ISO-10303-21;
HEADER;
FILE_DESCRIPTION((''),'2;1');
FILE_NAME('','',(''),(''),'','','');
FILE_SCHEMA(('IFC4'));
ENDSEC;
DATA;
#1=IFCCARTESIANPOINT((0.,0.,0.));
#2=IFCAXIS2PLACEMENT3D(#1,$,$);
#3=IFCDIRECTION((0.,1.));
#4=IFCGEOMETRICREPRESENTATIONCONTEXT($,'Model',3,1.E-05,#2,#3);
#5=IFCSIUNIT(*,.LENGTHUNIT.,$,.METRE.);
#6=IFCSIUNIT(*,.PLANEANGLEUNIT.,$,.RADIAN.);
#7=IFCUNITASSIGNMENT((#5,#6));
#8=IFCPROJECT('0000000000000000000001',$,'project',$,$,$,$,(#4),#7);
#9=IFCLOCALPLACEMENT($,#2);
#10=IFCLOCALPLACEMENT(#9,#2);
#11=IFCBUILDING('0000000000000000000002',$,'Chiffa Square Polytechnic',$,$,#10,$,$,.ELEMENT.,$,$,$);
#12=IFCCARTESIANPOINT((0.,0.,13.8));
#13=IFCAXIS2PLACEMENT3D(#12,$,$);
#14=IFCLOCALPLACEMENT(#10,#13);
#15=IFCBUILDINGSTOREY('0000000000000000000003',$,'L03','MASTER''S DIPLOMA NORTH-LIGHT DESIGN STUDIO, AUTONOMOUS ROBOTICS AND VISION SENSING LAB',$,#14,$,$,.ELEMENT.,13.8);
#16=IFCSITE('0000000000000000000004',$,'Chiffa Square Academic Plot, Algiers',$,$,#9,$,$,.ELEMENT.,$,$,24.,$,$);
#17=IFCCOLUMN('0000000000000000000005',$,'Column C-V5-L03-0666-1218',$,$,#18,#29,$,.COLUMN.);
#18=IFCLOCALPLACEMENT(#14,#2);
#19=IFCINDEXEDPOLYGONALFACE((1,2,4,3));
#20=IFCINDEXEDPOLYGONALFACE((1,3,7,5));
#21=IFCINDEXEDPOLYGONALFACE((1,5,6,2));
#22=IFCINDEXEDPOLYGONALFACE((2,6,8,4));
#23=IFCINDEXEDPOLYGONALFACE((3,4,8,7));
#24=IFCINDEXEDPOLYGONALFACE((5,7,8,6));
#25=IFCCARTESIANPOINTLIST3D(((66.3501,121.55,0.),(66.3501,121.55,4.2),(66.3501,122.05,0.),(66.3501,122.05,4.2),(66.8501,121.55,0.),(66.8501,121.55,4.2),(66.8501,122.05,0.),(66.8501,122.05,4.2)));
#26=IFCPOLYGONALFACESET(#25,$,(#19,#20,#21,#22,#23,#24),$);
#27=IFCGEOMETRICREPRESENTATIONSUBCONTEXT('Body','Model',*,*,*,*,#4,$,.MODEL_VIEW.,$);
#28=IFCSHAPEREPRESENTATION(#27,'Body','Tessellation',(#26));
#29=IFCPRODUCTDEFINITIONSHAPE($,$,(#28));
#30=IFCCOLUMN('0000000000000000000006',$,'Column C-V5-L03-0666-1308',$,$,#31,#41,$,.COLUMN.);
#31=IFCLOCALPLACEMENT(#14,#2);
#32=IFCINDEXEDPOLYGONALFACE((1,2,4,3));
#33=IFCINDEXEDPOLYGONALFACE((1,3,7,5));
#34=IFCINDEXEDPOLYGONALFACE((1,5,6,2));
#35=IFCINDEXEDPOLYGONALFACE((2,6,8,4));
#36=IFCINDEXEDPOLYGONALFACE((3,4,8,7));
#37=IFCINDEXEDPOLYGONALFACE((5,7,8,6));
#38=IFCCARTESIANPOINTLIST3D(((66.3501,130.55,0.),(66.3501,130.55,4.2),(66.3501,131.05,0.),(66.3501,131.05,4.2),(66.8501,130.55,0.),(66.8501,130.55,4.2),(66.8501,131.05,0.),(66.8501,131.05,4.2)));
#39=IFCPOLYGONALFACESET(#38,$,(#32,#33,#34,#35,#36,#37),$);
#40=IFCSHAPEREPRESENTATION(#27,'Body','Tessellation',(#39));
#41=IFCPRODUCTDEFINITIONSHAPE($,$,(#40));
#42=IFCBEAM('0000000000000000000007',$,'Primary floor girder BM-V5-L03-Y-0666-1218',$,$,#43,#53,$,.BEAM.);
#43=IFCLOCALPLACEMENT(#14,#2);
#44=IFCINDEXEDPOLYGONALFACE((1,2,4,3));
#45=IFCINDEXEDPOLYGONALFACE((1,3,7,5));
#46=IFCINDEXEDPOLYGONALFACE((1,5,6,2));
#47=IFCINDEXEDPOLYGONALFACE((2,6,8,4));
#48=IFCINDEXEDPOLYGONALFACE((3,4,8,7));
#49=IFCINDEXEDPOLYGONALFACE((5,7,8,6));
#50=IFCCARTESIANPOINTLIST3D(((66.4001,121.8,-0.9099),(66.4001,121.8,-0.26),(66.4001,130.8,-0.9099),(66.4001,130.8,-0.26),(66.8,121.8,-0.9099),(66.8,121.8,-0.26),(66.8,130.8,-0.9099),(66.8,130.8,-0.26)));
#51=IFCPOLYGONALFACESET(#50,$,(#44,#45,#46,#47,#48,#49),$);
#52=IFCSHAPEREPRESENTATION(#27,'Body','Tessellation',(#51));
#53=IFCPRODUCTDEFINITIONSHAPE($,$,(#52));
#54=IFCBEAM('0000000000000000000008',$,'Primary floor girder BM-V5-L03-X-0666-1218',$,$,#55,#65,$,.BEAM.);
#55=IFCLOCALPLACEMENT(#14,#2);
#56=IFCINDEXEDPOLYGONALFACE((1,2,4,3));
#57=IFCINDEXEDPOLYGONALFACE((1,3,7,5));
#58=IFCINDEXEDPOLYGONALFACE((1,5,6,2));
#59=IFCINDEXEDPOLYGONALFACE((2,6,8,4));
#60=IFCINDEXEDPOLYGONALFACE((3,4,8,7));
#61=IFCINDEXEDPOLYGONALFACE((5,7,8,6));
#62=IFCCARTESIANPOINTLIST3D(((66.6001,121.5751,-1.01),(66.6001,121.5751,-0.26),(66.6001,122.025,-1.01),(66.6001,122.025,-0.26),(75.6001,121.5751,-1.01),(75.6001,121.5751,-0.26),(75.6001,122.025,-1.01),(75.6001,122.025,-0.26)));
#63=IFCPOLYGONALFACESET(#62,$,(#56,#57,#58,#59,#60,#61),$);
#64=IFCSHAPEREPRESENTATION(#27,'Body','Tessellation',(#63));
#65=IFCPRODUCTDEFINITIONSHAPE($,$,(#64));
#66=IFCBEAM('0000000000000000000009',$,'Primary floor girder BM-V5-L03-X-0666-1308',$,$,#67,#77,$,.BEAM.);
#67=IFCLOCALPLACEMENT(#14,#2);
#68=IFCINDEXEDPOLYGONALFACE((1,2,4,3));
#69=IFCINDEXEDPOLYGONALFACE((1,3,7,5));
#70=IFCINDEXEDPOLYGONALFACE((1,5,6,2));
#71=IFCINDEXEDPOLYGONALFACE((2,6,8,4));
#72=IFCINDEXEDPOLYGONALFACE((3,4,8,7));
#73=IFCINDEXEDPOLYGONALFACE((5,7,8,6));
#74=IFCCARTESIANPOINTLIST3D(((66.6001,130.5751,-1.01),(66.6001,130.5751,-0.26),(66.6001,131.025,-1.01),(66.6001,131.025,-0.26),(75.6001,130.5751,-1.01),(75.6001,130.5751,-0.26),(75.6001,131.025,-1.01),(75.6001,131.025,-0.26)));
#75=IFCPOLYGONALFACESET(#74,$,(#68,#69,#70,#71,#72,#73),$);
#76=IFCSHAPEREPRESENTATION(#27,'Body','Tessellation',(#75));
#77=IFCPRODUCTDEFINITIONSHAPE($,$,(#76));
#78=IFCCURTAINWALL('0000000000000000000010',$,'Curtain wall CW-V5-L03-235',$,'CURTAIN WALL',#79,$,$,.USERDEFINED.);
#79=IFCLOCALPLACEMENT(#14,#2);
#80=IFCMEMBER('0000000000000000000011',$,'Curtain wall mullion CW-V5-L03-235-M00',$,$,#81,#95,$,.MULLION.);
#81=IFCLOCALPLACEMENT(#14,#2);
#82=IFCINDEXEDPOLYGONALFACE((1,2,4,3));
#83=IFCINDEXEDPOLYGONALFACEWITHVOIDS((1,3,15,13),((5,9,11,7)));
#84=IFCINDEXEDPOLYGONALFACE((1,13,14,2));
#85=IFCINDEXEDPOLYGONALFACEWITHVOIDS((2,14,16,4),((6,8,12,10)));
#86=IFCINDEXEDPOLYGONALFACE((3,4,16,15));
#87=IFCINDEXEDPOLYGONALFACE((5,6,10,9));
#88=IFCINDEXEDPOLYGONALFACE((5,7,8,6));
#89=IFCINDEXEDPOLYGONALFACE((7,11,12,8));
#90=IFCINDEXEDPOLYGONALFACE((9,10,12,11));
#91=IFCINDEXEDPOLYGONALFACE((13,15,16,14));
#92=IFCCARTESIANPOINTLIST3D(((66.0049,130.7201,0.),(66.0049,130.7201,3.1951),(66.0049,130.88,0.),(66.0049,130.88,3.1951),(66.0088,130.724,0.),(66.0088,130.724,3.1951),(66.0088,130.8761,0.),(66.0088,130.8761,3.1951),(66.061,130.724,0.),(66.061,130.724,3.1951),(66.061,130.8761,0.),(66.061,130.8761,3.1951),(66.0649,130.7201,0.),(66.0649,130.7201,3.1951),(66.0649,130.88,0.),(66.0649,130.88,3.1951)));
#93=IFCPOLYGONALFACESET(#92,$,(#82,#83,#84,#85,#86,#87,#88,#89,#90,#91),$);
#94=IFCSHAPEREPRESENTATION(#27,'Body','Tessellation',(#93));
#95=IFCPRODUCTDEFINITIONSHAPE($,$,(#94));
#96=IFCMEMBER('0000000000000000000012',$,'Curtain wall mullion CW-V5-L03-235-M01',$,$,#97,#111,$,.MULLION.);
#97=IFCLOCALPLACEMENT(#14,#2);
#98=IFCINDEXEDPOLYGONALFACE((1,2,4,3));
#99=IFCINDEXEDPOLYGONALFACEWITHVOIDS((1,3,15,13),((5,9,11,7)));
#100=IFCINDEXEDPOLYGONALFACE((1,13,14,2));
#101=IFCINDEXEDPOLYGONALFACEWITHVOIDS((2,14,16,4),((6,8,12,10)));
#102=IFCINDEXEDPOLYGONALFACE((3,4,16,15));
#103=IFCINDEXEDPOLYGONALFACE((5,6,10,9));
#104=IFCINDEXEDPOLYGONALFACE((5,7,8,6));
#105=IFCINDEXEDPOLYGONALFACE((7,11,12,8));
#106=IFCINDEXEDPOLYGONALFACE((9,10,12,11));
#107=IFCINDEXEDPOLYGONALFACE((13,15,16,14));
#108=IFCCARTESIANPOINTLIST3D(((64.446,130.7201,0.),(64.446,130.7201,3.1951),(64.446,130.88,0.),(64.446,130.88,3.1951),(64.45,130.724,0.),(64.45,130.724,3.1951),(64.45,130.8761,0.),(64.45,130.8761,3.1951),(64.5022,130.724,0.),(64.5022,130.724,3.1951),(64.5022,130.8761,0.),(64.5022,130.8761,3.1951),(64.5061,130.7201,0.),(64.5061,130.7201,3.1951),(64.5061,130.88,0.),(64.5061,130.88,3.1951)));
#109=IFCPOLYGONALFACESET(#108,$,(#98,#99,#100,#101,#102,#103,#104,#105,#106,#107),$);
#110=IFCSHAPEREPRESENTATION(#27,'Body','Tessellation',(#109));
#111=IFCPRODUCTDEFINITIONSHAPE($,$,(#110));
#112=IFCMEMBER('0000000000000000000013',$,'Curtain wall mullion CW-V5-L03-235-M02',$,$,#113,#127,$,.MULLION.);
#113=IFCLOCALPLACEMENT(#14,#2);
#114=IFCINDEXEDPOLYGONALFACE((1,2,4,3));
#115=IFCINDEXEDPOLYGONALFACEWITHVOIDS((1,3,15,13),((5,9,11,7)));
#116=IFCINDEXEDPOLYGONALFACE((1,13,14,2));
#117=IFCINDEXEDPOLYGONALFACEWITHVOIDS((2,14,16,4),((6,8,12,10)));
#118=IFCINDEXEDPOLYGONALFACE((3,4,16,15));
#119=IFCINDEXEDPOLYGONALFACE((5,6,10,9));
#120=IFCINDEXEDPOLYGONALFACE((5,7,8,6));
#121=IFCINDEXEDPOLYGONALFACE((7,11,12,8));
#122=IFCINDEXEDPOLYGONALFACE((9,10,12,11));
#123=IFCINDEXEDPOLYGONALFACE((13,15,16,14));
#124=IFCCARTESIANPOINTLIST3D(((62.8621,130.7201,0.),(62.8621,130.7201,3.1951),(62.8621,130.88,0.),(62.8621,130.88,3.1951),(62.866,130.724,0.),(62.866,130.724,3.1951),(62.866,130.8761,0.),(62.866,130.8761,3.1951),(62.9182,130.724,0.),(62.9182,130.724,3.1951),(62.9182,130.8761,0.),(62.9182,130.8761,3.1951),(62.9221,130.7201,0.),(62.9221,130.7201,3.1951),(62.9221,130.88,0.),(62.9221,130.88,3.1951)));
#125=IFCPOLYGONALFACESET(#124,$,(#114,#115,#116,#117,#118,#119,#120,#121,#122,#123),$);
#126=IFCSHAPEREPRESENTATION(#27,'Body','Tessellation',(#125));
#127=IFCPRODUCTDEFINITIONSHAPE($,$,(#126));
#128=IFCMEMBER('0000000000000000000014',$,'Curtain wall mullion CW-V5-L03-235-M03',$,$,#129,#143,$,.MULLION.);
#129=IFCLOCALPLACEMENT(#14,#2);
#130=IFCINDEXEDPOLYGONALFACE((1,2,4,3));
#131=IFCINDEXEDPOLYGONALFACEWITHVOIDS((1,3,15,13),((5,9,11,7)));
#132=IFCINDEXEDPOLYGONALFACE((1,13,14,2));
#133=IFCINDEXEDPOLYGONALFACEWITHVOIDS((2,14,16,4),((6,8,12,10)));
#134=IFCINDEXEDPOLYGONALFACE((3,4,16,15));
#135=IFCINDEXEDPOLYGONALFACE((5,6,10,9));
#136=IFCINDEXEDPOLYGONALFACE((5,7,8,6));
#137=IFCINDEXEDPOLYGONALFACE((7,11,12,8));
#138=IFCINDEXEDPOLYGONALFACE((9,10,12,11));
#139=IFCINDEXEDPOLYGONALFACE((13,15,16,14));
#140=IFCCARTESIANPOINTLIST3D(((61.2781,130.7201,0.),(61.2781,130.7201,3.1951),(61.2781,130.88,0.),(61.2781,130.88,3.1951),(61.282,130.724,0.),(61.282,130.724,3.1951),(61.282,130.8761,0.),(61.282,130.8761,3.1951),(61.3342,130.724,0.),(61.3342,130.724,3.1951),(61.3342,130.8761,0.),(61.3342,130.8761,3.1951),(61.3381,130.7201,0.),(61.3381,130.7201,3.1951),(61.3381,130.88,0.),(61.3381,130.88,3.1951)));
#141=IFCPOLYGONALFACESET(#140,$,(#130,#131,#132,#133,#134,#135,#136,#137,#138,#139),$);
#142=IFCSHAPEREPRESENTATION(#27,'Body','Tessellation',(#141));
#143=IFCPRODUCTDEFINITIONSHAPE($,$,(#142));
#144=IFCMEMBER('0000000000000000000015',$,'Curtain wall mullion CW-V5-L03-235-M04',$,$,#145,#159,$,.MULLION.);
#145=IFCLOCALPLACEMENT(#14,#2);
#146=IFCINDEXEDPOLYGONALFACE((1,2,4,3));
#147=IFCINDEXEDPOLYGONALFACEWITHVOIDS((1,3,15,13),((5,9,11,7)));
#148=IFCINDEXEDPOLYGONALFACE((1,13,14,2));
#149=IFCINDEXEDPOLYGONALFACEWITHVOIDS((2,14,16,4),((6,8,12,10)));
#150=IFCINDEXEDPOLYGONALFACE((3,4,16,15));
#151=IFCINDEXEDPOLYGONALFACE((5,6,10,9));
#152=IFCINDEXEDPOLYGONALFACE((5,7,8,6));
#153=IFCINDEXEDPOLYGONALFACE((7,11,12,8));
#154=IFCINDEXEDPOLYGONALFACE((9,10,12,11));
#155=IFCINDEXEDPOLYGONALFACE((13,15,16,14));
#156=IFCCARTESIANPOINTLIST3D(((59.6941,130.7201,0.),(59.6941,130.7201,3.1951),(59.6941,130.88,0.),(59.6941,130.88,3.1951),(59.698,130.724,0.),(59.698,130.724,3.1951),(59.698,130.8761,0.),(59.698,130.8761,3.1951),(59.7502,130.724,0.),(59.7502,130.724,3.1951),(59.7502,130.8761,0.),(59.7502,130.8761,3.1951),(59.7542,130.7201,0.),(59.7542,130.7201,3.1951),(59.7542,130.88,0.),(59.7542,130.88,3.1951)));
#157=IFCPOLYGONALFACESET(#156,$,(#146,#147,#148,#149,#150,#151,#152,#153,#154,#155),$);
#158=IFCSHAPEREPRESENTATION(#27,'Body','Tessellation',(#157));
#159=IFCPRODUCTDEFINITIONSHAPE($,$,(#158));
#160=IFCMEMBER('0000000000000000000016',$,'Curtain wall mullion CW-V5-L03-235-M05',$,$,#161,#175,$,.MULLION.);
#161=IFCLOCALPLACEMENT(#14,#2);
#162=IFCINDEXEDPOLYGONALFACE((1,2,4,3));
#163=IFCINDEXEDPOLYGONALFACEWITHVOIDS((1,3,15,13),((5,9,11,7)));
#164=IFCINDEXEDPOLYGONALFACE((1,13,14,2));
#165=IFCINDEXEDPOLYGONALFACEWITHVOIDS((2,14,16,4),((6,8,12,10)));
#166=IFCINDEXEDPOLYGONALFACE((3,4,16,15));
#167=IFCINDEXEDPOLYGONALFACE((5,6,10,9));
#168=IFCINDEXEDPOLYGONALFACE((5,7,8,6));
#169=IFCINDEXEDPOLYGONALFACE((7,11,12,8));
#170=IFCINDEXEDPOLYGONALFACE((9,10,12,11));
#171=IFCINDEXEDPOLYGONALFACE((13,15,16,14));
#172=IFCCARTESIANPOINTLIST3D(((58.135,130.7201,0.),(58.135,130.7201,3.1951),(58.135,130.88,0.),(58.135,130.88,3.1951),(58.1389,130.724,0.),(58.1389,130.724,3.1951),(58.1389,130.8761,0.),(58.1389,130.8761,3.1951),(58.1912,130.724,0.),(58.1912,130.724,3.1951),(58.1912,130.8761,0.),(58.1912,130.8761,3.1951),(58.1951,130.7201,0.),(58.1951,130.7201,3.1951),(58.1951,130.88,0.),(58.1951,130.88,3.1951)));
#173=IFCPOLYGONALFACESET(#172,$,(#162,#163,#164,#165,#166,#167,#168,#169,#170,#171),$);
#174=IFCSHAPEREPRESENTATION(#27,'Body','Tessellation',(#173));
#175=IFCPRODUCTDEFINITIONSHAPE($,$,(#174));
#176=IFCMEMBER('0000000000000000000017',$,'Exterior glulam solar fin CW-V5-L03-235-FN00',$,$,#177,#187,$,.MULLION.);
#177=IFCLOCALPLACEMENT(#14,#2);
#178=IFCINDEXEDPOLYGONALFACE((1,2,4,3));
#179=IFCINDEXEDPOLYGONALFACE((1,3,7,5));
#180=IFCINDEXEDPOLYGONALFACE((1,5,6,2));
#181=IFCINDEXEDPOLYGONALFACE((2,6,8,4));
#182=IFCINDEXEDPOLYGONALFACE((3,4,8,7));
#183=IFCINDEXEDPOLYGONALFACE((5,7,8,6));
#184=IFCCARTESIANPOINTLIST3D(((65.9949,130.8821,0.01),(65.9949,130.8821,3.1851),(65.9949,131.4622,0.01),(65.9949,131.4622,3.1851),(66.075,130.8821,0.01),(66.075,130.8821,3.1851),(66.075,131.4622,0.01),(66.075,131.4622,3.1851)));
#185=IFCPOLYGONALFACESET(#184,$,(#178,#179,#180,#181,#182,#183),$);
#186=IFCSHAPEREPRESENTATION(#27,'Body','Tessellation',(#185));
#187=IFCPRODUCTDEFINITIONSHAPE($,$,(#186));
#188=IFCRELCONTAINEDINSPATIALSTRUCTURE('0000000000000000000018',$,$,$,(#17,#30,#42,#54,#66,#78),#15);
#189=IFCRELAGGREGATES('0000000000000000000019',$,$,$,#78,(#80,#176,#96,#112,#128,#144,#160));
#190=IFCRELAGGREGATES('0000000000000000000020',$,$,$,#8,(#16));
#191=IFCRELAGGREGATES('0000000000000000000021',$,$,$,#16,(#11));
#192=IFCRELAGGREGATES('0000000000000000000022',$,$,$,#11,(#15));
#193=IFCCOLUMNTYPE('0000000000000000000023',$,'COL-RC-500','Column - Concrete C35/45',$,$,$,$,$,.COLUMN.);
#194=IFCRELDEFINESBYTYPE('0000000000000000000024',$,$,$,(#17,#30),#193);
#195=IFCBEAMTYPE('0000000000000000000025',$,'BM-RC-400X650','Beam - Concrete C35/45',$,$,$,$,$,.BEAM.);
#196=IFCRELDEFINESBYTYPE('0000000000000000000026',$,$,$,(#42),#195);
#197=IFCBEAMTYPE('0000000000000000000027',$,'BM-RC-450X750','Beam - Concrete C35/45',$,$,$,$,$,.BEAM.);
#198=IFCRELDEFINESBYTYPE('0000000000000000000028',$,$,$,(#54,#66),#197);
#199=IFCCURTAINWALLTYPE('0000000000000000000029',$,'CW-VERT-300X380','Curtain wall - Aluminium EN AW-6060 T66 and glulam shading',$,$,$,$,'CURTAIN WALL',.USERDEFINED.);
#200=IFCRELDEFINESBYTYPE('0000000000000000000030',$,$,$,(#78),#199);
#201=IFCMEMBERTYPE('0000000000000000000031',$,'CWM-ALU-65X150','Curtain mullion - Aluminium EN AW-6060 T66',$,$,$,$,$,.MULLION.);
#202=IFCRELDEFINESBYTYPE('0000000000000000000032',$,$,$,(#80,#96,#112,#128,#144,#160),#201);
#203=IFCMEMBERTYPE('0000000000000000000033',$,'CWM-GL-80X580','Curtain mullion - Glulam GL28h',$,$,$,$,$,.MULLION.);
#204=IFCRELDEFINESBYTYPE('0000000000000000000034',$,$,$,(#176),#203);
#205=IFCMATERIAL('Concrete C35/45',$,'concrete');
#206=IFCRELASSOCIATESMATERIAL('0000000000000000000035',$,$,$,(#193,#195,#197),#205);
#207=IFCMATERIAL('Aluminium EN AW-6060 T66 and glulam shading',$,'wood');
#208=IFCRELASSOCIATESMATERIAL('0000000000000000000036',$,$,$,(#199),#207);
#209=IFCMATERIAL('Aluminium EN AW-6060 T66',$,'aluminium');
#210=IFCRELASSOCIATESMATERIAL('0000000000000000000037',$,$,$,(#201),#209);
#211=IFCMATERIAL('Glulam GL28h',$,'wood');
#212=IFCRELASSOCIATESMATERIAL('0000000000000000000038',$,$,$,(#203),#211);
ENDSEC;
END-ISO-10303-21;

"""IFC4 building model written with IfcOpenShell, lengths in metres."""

from ifc_helpers import new_model, si_unit, direction, frame, origin, origin_2d, place, context, subcontext, project, spatial, rectangle, hollow_rectangle, extrude, material, material_profile, profile_set, type_object, element, aggregate, save


model = new_model("IFC4")

# Units and contexts
model_context = context("Model", 3, precision=1e-05, world=origin(), true_north=direction((0.0, 1.0)))
body_context = subcontext(model_context, "Body", "Model", "MODEL_VIEW")
ifc_project = project(units=[si_unit("LENGTHUNIT", "METRE"), si_unit("PLANEANGLEUNIT", "RADIAN")], contexts=[model_context])

# Site, building, storey
site_placement = place(None, origin())
site = spatial("IfcSite", under=ifc_project, at=site_placement, Name="Chiffa Square Academic Plot, Algiers", CompositionType="ELEMENT", RefElevation=24.0)
building_placement = place(site_placement, origin())
building = spatial("IfcBuilding", under=site, at=building_placement, Name="Chiffa Square Polytechnic", CompositionType="ELEMENT")
storey_placement = place(building_placement, frame((0.0, 0.0, 13.8)))
storey = spatial("IfcBuildingStorey", under=building, at=storey_placement, Name="L03", Description="MASTER'S DIPLOMA NORTH-LIGHT DESIGN STUDIO, AUTONOMOUS ROBOTICS AND VISION SENSING LAB", CompositionType="ELEMENT", Elevation=13.8)

# Columns
ifc_material_1 = material(Name="Concrete C35/45", Category="concrete")
ifc_material_profile_1 = material_profile(ifc_material_1, rectangle(XDim=0.5, YDim=0.5, at=origin_2d()), Name="RC 500x500")
ifc_profile_set_1 = profile_set([ifc_material_profile_1], Name="Concrete C35/45")
column_type = type_object("IfcColumnType", Name="COL-RC-500", Description="Column - Concrete C35/45", PredefinedType="COLUMN", material=ifc_profile_set_1)
for number, where, z_axis, x_axis, name in (
    (1, (66.6001, 121.8, 0.0), (0.0, 0.0, 1.0), (1.0, 0.0, 0.0), "Column C-V5-L03-0666-1218"),
    (2, (66.6001, 130.8, 0.0), (0.0, 0.0, 1.0), (1.0, 0.0, 0.0), "Column C-V5-L03-0666-1308"),
):
    element("IfcColumn", number, at=place(storey_placement, frame(where, z_axis=z_axis, x_axis=x_axis)), inside=storey, type_object=column_type, Name=name, PredefinedType="COLUMN", context=body_context, shape_type="SweptSolid", body=[
        extrude(rectangle(XDim=0.5, YDim=0.5, at=origin_2d()), origin(), (0.0, 0.0, 1.0), 4.2),
    ])

# Beams
ifc_material_profile_2 = material_profile(ifc_material_1, rectangle(XDim=0.3999, YDim=0.6499, at=origin_2d()), Name="RC 400x650")
ifc_profile_set_2 = profile_set([ifc_material_profile_2], Name="Concrete C35/45")
beam_type_1 = type_object("IfcBeamType", Name="BM-RC-400X650", Description="Beam - Concrete C35/45", PredefinedType="BEAM", material=ifc_profile_set_2)
beam_placement = place(storey_placement, frame((66.6001, 121.8, -0.585), z_axis=(0.0, 1.0, 0.0), x_axis=(-1.0, 0.0, 0.0)))
element("IfcBeam", 3, at=beam_placement, inside=storey, type_object=beam_type_1, Name="Primary floor girder BM-V5-L03-Y-0666-1218", PredefinedType="BEAM", context=body_context, shape_type="SweptSolid", body=[
    extrude(rectangle(XDim=0.3999, YDim=0.6499, at=origin_2d()), origin(), (0.0, 0.0, 1.0), 9.0),
])
ifc_material_profile_3 = material_profile(ifc_material_1, rectangle(XDim=0.45, YDim=0.75, at=origin_2d()), Name="RC 450x750")
ifc_profile_set_3 = profile_set([ifc_material_profile_3], Name="Concrete C35/45")
beam_type_2 = type_object("IfcBeamType", Name="BM-RC-450X750", Description="Beam - Concrete C35/45", PredefinedType="BEAM", material=ifc_profile_set_3)
for number, where, z_axis, x_axis, name in (
    (4, (66.6001, 121.8, -0.635), (1.0, 0.0, 0.0), (0.0, 1.0, 0.0), "Primary floor girder BM-V5-L03-X-0666-1218"),
    (5, (66.6001, 130.8, -0.635), (1.0, 0.0, 0.0), (0.0, 1.0, 0.0), "Primary floor girder BM-V5-L03-X-0666-1308"),
):
    element("IfcBeam", number, at=place(storey_placement, frame(where, z_axis=z_axis, x_axis=x_axis)), inside=storey, type_object=beam_type_2, Name=name, PredefinedType="BEAM", context=body_context, shape_type="SweptSolid", body=[
        extrude(rectangle(XDim=0.45, YDim=0.75, at=origin_2d()), origin(), (0.0, 0.0, 1.0), 9.0),
    ])

# Curtain wall, members
ifc_material_2 = material(Name="Aluminium EN AW-6060 T66 and glulam shading", Category="wood")
curtain_wall_type = type_object("IfcCurtainWallType", Name="CW-VERT-300X380", Description="Curtain wall - Aluminium EN AW-6060 T66 and glulam shading", ElementType="CURTAIN WALL", PredefinedType="USERDEFINED", material=ifc_material_2)
curtain_wall_placement = place(storey_placement, origin())
curtain_wall = element("IfcCurtainWall", 6, at=curtain_wall_placement, inside=storey, type_object=curtain_wall_type, Name="Curtain wall CW-V5-L03-235", ObjectType="CURTAIN WALL", PredefinedType="USERDEFINED")
ifc_material_3 = material(Name="Aluminium EN AW-6060 T66", Category="aluminium")
ifc_material_profile_4 = material_profile(ifc_material_3, hollow_rectangle(XDim=0.0601, YDim=0.1599, WallThickness=0.0039, at=origin_2d()), Name="ALU 60x160x4")
ifc_profile_set_4 = profile_set([ifc_material_profile_4], Name="Aluminium EN AW-6060 T66")
member_type_1 = type_object("IfcMemberType", Name="CWM-ALU-65X150", Description="Curtain mullion - Aluminium EN AW-6060 T66", PredefinedType="MULLION", material=ifc_profile_set_4)
member_1_placement = place(storey_placement, frame((66.0349, 130.8, 0.0), z_axis=(0.0, 0.0, 1.0), x_axis=(1.0, 0.0, 0.0)))
member_1 = element("IfcMember", 7, at=member_1_placement, type_object=member_type_1, Name="Curtain wall mullion CW-V5-L03-235-M00", PredefinedType="MULLION", context=body_context, shape_type="SweptSolid", body=[
    extrude(hollow_rectangle(XDim=0.0601, YDim=0.1599, WallThickness=0.0039, at=origin_2d()), origin(), (0.0, 0.0, 1.0), 3.1951),
])
member_2_placement = place(storey_placement, frame((64.4761, 130.8, 0.0), z_axis=(0.0, 0.0, 1.0), x_axis=(1.0, 0.0, 0.0)))
member_2 = element("IfcMember", 8, at=member_2_placement, type_object=member_type_1, Name="Curtain wall mullion CW-V5-L03-235-M01", PredefinedType="MULLION", context=body_context, shape_type="SweptSolid", body=[
    extrude(hollow_rectangle(XDim=0.0601, YDim=0.1599, WallThickness=0.0039, at=origin_2d()), origin(), (0.0, 0.0, 1.0), 3.1951),
])
member_3_placement = place(storey_placement, frame((62.8921, 130.8, 0.0), z_axis=(0.0, 0.0, 1.0), x_axis=(1.0, 0.0, 0.0)))
member_3 = element("IfcMember", 9, at=member_3_placement, type_object=member_type_1, Name="Curtain wall mullion CW-V5-L03-235-M02", PredefinedType="MULLION", context=body_context, shape_type="SweptSolid", body=[
    extrude(hollow_rectangle(XDim=0.0601, YDim=0.1599, WallThickness=0.0039, at=origin_2d()), origin(), (0.0, 0.0, 1.0), 3.1951),
])
member_4_placement = place(storey_placement, frame((61.3081, 130.8, 0.0), z_axis=(0.0, 0.0, 1.0), x_axis=(1.0, 0.0, 0.0)))
member_4 = element("IfcMember", 10, at=member_4_placement, type_object=member_type_1, Name="Curtain wall mullion CW-V5-L03-235-M03", PredefinedType="MULLION", context=body_context, shape_type="SweptSolid", body=[
    extrude(hollow_rectangle(XDim=0.0601, YDim=0.1599, WallThickness=0.0039, at=origin_2d()), origin(), (0.0, 0.0, 1.0), 3.1951),
])
member_5_placement = place(storey_placement, frame((59.7241, 130.8, 0.0), z_axis=(0.0, 0.0, 1.0), x_axis=(1.0, 0.0, 0.0)))
member_5 = element("IfcMember", 11, at=member_5_placement, type_object=member_type_1, Name="Curtain wall mullion CW-V5-L03-235-M04", PredefinedType="MULLION", context=body_context, shape_type="SweptSolid", body=[
    extrude(hollow_rectangle(XDim=0.0601, YDim=0.1599, WallThickness=0.0039, at=origin_2d()), origin(), (0.0, 0.0, 1.0), 3.1951),
])
member_6_placement = place(storey_placement, frame((58.165, 130.8, 0.0), z_axis=(0.0, 0.0, 1.0), x_axis=(1.0, 0.0, 0.0)))
member_6 = element("IfcMember", 12, at=member_6_placement, type_object=member_type_1, Name="Curtain wall mullion CW-V5-L03-235-M05", PredefinedType="MULLION", context=body_context, shape_type="SweptSolid", body=[
    extrude(hollow_rectangle(XDim=0.0601, YDim=0.1599, WallThickness=0.0039, at=origin_2d()), origin(), (0.0, 0.0, 1.0), 3.1951),
])
ifc_material_4 = material(Name="Glulam GL28h", Category="wood")
ifc_material_profile_5 = material_profile(ifc_material_4, rectangle(XDim=0.0801, YDim=0.5801, at=origin_2d()), Name="GL28h 80x580")
ifc_profile_set_5 = profile_set([ifc_material_profile_5], Name="Glulam GL28h")
member_type_2 = type_object("IfcMemberType", Name="CWM-GL-80X580", Description="Curtain mullion - Glulam GL28h", PredefinedType="MULLION", material=ifc_profile_set_5)
member_7_placement = place(storey_placement, frame((66.0349, 131.1721, 0.01), z_axis=(0.0, 0.0, 1.0), x_axis=(-1.0, 0.0, 0.0)))
member_7 = element("IfcMember", 13, at=member_7_placement, type_object=member_type_2, Name="Exterior glulam solar fin CW-V5-L03-235-FN00", PredefinedType="MULLION", context=body_context, shape_type="SweptSolid", body=[
    extrude(rectangle(XDim=0.0801, YDim=0.5801, at=origin_2d()), origin(), (0.0, 0.0, 1.0), 3.175),
])

aggregate(curtain_wall, [member_1, member_7, member_2, member_3, member_4, member_5, member_6])

save(model, "model.ifc")
